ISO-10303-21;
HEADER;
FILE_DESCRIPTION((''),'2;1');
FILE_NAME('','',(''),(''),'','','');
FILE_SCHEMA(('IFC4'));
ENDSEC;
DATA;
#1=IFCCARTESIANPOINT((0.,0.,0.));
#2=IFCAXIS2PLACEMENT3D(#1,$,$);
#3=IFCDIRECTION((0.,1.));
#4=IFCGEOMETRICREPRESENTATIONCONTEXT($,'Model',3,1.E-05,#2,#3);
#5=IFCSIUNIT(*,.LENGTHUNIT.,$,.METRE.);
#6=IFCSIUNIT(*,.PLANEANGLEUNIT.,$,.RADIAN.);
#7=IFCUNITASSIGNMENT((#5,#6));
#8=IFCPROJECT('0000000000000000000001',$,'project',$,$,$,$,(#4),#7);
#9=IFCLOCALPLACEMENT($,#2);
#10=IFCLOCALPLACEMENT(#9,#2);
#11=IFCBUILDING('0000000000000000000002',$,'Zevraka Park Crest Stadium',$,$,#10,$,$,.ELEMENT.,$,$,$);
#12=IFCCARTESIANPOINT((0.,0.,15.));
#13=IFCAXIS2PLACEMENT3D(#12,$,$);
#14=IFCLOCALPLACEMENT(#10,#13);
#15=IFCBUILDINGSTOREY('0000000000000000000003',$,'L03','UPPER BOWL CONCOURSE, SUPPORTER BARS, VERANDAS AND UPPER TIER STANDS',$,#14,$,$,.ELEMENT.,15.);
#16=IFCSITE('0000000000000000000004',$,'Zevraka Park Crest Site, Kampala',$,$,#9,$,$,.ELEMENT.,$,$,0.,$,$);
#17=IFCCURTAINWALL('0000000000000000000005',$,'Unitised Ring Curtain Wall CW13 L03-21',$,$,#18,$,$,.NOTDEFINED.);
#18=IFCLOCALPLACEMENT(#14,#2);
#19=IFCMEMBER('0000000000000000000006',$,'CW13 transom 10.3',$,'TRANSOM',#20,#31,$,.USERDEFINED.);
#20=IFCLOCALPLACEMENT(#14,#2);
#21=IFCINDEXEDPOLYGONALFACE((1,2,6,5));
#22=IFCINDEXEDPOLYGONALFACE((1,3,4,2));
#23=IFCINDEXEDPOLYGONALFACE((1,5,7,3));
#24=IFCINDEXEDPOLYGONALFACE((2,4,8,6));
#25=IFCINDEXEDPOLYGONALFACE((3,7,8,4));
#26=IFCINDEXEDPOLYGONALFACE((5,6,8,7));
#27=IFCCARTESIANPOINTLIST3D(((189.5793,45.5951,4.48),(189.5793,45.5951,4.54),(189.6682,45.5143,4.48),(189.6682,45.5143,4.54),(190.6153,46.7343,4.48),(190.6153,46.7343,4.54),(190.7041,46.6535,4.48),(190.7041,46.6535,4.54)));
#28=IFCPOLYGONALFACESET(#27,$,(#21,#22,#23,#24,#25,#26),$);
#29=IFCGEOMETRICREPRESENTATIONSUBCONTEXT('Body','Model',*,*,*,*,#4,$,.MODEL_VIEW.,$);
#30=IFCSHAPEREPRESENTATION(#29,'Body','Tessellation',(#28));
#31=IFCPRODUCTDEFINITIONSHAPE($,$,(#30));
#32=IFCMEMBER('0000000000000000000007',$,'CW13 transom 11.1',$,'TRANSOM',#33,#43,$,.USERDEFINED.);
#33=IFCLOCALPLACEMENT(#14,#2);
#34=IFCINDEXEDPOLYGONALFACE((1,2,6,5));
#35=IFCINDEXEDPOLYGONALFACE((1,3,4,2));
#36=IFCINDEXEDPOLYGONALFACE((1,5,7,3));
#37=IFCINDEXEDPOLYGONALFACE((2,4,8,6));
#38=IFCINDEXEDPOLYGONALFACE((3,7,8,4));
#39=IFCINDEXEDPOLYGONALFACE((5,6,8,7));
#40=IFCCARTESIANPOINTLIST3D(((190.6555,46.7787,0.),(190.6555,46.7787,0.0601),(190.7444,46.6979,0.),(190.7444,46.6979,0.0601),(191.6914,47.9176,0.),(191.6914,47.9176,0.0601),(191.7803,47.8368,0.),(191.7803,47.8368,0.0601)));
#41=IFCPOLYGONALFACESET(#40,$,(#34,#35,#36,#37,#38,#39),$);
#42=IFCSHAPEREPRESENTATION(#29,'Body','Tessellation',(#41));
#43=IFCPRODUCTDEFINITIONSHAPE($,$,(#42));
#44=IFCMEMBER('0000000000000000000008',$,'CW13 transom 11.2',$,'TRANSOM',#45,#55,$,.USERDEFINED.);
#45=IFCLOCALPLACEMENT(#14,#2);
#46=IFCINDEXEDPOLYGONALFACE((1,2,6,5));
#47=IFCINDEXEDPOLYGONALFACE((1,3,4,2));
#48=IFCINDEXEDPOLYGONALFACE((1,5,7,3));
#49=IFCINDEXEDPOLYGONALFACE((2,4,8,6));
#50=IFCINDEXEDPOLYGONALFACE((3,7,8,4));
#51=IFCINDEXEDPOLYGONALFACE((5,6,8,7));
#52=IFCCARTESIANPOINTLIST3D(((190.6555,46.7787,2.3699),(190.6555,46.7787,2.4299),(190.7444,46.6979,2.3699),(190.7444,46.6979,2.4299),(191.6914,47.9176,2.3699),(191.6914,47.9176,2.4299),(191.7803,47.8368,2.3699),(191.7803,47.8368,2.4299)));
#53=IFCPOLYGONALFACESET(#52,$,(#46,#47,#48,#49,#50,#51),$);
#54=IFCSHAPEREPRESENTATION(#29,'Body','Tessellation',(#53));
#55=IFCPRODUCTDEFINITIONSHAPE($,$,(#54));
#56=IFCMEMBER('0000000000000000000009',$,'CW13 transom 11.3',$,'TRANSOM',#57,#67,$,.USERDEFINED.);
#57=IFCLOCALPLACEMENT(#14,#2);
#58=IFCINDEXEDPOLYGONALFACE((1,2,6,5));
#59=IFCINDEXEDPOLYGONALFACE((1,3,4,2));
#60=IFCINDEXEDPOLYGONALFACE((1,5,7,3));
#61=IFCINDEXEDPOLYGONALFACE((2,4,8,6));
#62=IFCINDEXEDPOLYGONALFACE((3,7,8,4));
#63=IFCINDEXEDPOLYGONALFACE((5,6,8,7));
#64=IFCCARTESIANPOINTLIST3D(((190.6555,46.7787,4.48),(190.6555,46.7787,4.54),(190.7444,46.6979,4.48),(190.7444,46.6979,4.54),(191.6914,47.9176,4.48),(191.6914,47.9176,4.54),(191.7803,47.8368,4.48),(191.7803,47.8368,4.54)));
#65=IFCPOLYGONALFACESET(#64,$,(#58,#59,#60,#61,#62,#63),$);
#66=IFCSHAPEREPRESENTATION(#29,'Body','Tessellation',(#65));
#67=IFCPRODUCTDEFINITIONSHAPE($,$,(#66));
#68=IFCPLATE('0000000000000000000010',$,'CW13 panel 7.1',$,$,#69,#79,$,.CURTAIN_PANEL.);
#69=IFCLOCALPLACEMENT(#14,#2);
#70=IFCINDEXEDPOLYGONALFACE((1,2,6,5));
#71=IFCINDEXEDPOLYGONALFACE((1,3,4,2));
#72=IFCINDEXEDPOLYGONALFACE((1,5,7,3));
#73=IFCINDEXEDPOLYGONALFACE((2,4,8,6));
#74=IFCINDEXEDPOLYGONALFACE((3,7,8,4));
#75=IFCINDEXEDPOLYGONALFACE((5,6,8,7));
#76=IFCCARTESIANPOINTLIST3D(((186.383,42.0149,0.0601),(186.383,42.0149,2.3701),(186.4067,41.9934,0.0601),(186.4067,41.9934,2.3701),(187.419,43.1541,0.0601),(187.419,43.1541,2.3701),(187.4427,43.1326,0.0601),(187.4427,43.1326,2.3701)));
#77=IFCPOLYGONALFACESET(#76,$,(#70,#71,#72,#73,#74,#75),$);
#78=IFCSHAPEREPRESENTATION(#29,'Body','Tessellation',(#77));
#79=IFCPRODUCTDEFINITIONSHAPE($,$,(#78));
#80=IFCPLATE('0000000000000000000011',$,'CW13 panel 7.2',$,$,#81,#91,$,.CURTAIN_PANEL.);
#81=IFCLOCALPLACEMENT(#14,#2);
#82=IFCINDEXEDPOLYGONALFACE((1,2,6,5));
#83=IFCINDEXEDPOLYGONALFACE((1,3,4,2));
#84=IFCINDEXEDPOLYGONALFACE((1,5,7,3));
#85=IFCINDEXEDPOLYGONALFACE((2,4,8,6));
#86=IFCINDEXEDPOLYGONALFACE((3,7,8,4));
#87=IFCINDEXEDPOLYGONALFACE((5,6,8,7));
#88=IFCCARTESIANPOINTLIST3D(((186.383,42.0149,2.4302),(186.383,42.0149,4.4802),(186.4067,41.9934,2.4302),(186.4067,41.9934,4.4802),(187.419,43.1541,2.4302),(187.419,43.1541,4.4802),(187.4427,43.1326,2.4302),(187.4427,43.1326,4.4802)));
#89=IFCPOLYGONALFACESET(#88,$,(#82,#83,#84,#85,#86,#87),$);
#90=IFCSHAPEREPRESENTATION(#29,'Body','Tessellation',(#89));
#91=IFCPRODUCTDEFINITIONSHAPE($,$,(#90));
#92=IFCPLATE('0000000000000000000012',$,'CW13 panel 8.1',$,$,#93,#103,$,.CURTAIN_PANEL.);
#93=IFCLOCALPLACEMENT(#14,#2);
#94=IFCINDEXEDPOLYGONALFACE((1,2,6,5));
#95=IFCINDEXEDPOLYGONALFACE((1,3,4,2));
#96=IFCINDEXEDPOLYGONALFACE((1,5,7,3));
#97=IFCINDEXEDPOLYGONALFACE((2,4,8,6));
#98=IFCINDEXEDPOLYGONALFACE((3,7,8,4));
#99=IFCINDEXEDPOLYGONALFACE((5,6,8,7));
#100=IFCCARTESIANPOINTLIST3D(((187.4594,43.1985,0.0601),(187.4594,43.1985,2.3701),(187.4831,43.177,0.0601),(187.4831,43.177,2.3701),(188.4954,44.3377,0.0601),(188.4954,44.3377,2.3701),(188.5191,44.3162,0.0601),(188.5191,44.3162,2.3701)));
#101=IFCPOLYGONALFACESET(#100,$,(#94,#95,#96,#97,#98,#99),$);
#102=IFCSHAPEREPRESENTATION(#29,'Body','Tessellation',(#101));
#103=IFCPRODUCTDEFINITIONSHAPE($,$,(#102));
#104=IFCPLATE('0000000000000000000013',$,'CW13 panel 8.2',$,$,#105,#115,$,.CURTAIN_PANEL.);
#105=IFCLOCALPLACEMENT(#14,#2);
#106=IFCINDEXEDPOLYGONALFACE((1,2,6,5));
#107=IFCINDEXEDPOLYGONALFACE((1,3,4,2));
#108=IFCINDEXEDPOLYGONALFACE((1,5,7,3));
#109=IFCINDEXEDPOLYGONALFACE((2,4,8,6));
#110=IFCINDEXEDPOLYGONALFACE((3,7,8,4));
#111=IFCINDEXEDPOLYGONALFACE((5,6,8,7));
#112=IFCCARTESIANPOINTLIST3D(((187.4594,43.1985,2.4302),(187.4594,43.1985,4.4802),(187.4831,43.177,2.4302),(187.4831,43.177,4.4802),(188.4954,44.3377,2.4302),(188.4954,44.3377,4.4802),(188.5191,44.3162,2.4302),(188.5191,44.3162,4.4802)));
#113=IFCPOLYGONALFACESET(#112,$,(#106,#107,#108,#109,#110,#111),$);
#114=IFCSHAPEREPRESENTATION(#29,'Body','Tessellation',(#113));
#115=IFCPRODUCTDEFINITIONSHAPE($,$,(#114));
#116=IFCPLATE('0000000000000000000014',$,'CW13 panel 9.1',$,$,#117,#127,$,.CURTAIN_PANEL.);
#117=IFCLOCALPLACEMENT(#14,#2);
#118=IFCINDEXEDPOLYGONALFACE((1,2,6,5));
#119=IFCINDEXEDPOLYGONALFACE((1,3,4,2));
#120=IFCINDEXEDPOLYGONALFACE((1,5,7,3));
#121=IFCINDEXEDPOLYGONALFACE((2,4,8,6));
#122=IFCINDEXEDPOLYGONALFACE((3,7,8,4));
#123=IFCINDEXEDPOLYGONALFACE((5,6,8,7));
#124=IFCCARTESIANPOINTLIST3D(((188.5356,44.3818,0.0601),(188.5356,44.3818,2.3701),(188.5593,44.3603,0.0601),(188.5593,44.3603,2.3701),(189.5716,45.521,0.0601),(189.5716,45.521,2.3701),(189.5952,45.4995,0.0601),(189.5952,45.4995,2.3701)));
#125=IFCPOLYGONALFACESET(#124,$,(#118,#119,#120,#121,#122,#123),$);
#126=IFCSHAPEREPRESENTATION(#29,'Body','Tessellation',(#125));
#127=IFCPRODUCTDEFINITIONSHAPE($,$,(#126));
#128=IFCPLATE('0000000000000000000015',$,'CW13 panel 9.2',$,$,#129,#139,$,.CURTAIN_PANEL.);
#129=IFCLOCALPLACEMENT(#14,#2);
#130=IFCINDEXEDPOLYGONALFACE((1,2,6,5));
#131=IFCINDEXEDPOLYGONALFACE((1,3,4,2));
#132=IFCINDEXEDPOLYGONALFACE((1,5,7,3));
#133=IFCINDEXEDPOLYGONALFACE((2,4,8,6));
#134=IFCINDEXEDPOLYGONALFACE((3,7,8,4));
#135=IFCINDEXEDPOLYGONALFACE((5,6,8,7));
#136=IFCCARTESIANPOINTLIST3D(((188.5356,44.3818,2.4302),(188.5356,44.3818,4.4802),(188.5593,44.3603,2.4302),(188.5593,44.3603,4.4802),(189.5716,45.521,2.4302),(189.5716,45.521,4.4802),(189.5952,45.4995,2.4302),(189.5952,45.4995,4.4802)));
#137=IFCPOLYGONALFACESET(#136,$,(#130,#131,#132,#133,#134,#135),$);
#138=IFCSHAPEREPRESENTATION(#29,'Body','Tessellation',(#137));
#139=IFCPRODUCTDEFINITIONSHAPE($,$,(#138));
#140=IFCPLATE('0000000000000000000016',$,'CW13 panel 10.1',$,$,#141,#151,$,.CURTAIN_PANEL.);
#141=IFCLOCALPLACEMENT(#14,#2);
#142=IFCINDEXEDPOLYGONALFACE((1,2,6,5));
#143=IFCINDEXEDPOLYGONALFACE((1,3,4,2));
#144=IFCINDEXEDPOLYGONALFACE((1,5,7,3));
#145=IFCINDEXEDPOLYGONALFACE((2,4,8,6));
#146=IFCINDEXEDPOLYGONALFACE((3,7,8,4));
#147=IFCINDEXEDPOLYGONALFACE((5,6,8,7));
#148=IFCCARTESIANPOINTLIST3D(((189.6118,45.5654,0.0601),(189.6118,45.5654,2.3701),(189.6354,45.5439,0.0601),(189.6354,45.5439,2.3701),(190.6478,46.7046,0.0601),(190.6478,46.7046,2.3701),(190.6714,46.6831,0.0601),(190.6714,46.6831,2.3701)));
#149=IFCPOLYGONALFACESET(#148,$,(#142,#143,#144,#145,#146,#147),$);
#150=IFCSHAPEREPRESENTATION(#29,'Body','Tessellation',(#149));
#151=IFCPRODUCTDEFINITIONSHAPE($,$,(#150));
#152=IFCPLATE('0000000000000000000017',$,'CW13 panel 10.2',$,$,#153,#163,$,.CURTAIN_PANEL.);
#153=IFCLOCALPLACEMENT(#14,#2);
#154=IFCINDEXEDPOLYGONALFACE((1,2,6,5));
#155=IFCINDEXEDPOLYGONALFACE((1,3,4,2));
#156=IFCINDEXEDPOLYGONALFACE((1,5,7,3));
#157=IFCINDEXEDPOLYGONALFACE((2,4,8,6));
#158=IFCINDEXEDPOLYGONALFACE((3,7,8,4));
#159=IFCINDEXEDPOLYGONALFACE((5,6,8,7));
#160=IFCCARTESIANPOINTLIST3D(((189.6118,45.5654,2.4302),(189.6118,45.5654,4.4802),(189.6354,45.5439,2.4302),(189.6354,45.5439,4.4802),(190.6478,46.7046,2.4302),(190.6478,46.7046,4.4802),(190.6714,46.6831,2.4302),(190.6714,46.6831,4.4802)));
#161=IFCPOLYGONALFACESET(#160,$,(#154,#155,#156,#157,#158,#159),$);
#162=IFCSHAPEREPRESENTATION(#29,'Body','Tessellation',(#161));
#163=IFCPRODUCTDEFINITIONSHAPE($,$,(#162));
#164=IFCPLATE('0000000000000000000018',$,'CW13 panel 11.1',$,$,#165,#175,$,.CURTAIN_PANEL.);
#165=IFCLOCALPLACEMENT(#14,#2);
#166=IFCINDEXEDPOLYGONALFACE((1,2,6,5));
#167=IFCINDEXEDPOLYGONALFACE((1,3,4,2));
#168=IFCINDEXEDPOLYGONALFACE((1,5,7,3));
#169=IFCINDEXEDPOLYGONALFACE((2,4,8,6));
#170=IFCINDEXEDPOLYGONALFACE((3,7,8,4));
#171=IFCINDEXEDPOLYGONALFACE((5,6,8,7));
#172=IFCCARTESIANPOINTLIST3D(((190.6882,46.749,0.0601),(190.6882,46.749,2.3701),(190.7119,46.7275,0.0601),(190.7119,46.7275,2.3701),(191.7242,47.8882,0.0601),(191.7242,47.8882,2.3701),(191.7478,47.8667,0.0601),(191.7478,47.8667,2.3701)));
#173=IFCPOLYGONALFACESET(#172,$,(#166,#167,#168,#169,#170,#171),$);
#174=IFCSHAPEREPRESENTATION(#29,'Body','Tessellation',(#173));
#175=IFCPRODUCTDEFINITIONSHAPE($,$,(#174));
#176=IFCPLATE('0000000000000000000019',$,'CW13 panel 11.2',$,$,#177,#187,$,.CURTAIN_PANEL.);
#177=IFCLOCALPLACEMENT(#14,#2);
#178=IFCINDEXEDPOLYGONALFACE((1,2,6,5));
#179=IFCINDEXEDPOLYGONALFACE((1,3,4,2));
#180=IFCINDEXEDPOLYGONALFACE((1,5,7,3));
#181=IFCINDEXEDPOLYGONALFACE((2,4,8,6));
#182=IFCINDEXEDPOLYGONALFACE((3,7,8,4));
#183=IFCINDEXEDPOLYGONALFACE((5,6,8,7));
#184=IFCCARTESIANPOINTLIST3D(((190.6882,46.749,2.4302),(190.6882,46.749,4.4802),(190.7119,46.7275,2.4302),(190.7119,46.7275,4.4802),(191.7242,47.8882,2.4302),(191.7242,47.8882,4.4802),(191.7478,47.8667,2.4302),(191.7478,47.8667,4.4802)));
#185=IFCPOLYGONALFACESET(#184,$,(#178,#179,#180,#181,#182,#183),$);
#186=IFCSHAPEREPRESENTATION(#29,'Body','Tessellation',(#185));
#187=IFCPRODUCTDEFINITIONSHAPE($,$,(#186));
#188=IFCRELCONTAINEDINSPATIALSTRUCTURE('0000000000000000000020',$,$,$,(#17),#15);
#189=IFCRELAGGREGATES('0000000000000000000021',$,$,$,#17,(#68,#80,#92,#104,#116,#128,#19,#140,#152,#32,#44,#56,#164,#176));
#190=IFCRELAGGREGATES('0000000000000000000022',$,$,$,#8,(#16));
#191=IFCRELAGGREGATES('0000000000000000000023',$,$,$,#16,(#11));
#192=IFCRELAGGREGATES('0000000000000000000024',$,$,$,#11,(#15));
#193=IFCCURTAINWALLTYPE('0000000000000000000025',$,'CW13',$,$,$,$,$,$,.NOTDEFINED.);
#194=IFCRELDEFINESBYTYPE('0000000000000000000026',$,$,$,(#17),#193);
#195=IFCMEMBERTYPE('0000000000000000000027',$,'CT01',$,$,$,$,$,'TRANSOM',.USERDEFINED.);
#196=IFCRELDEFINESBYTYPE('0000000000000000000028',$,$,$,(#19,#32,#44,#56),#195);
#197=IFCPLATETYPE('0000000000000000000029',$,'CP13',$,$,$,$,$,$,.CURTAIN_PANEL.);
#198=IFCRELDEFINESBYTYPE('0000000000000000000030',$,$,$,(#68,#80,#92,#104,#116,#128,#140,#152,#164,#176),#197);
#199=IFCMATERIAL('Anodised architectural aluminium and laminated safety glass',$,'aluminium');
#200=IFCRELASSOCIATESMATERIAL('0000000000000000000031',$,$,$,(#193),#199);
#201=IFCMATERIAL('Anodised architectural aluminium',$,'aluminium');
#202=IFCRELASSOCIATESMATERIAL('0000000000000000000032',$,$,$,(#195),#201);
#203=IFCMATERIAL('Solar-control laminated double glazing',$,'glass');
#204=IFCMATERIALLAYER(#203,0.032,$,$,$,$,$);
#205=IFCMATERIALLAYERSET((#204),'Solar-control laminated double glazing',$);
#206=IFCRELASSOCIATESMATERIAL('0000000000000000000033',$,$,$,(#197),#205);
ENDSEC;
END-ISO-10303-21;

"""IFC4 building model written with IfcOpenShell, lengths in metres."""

from ifc_helpers import new_model, si_unit, direction, frame, origin, origin_2d, place, context, subcontext, project, spatial, rectangle, extrude, material, layer, layer_set, material_profile, profile_set, type_object, element, aggregate, save


model = new_model("IFC4")

# Units and contexts
model_context = context("Model", 3, precision=1e-05, world=origin(), true_north=direction((0.0, 1.0)))
body_context = subcontext(model_context, "Body", "Model", "MODEL_VIEW")
ifc_project = project(units=[si_unit("LENGTHUNIT", "METRE"), si_unit("PLANEANGLEUNIT", "RADIAN")], contexts=[model_context])

# Site, building, storey
site_placement = place(None, origin())
site = spatial("IfcSite", under=ifc_project, at=site_placement, Name="Zevraka Park Crest Site, Kampala", CompositionType="ELEMENT", RefElevation=0.0)
building_placement = place(site_placement, origin())
building = spatial("IfcBuilding", under=site, at=building_placement, Name="Zevraka Park Crest Stadium", CompositionType="ELEMENT")
storey_placement = place(building_placement, frame((0.0, 0.0, 15.0)))
storey = spatial("IfcBuildingStorey", under=building, at=storey_placement, Name="L03", Description="UPPER BOWL CONCOURSE, SUPPORTER BARS, VERANDAS AND UPPER TIER STANDS", CompositionType="ELEMENT", Elevation=15.0)

# Curtain wall, members, plates
ifc_material_1 = material(Name="Anodised architectural aluminium and laminated safety glass", Category="aluminium")
curtain_wall_type = type_object("IfcCurtainWallType", Name="CW13", PredefinedType="NOTDEFINED", material=ifc_material_1)
curtain_wall_placement = place(storey_placement, origin())
curtain_wall = element("IfcCurtainWall", 1, at=curtain_wall_placement, inside=storey, type_object=curtain_wall_type, Name="Unitised Ring Curtain Wall CW13 L03-21", PredefinedType="NOTDEFINED")
ifc_material_2 = material(Name="Anodised architectural aluminium", Category="aluminium")
ifc_material_profile_1 = material_profile(ifc_material_2, rectangle(XDim=0.1201, YDim=0.0601, at=origin_2d()), Name="ALU TRANSOM 120x60")
ifc_profile_set_1 = profile_set([ifc_material_profile_1], Name="Anodised architectural aluminium")
member_type_1 = type_object("IfcMemberType", Name="CT01", ElementType="TRANSOM", PredefinedType="USERDEFINED", material=ifc_profile_set_1)
member_1_placement = place(storey_placement, frame((189.6238, 45.5547, 4.51), z_axis=(0.672775, 0.739847, 0.0), x_axis=(-0.739847, 0.672775, 0.0)))
member_1 = element("IfcMember", 2, at=member_1_placement, type_object=member_type_1, Name="CW13 transom 10.3", ObjectType="TRANSOM", PredefinedType="USERDEFINED", context=body_context, shape_type="SweptSolid", body=[
    extrude(rectangle(XDim=0.1201, YDim=0.0601, at=origin_2d()), origin(), (0.0, 0.0, 1.0), 1.5398),
])
member_2_placement = place(storey_placement, frame((190.7, 46.7383, 0.03), z_axis=(0.672854, 0.739775, 0.0), x_axis=(-0.739775, 0.672854, 0.0)))
member_2 = element("IfcMember", 3, at=member_2_placement, type_object=member_type_1, Name="CW13 transom 11.1", ObjectType="TRANSOM", PredefinedType="USERDEFINED", context=body_context, shape_type="SweptSolid", body=[
    extrude(rectangle(XDim=0.1201, YDim=0.0601, at=origin_2d()), origin(), (0.0, 0.0, 1.0), 1.5396),
])
member_3_placement = place(storey_placement, frame((190.7, 46.7383, 2.3999), z_axis=(0.672854, 0.739775, 0.0), x_axis=(-0.739775, 0.672854, 0.0)))
member_3 = element("IfcMember", 4, at=member_3_placement, type_object=member_type_1, Name="CW13 transom 11.2", ObjectType="TRANSOM", PredefinedType="USERDEFINED", context=body_context, shape_type="SweptSolid", body=[
    extrude(rectangle(XDim=0.1201, YDim=0.0601, at=origin_2d()), origin(), (0.0, 0.0, 1.0), 1.5396),
])
member_4_placement = place(storey_placement, frame((190.7, 46.7383, 4.51), z_axis=(0.672854, 0.739775, 0.0), x_axis=(-0.739775, 0.672854, 0.0)))
member_4 = element("IfcMember", 5, at=member_4_placement, type_object=member_type_1, Name="CW13 transom 11.3", ObjectType="TRANSOM", PredefinedType="USERDEFINED", context=body_context, shape_type="SweptSolid", body=[
    extrude(rectangle(XDim=0.1201, YDim=0.0601, at=origin_2d()), origin(), (0.0, 0.0, 1.0), 1.5396),
])
ifc_material_3 = material(Name="Solar-control laminated double glazing", Category="glass")
ifc_layer_1 = layer(ifc_material_3, 0.032)
ifc_layer_set_1 = layer_set([ifc_layer_1], Name="Solar-control laminated double glazing")
plate_type = type_object("IfcPlateType", Name="CP13", PredefinedType="CURTAIN_PANEL", material=ifc_layer_set_1)
plate_1_placement = place(storey_placement, frame((186.9128, 42.5737, 0.0601), z_axis=(0.0, 0.0, 1.0), x_axis=(0.672802, 0.739823, 0.0)))
plate_1 = element("IfcPlate", 6, at=plate_1_placement, type_object=plate_type, Name="CW13 panel 7.1", PredefinedType="CURTAIN_PANEL", context=body_context, shape_type="SweptSolid", body=[
    extrude(rectangle(XDim=1.5398, YDim=0.032, at=origin_2d()), origin(), (0.0, 0.0, 1.0), 2.3101),
])
plate_2_placement = place(storey_placement, frame((186.9128, 42.5737, 2.4302), z_axis=(0.0, 0.0, 1.0), x_axis=(0.672802, 0.739823, 0.0)))
plate_2 = element("IfcPlate", 7, at=plate_2_placement, type_object=plate_type, Name="CW13 panel 7.2", PredefinedType="CURTAIN_PANEL", context=body_context, shape_type="SweptSolid", body=[
    extrude(rectangle(XDim=1.5398, YDim=0.032, at=origin_2d()), origin(), (0.0, 0.0, 1.0), 2.05),
])
plate_3_placement = place(storey_placement, frame((187.9893, 43.7573, 0.0601), z_axis=(0.0, 0.0, 1.0), x_axis=(0.672802, 0.739823, 0.0)))
plate_3 = element("IfcPlate", 8, at=plate_3_placement, type_object=plate_type, Name="CW13 panel 8.1", PredefinedType="CURTAIN_PANEL", context=body_context, shape_type="SweptSolid", body=[
    extrude(rectangle(XDim=1.5398, YDim=0.032, at=origin_2d()), origin(), (0.0, 0.0, 1.0), 2.3101),
])
plate_4_placement = place(storey_placement, frame((187.9893, 43.7573, 2.4302), z_axis=(0.0, 0.0, 1.0), x_axis=(0.672802, 0.739823, 0.0)))
plate_4 = element("IfcPlate", 9, at=plate_4_placement, type_object=plate_type, Name="CW13 panel 8.2", PredefinedType="CURTAIN_PANEL", context=body_context, shape_type="SweptSolid", body=[
    extrude(rectangle(XDim=1.5398, YDim=0.032, at=origin_2d()), origin(), (0.0, 0.0, 1.0), 2.05),
])
plate_5_placement = place(storey_placement, frame((189.0654, 44.9407, 0.0601), z_axis=(0.0, 0.0, 1.0), x_axis=(0.672802, 0.739823, 0.0)))
plate_5 = element("IfcPlate", 10, at=plate_5_placement, type_object=plate_type, Name="CW13 panel 9.1", PredefinedType="CURTAIN_PANEL", context=body_context, shape_type="SweptSolid", body=[
    extrude(rectangle(XDim=1.5398, YDim=0.032, at=origin_2d()), origin(), (0.0, 0.0, 1.0), 2.3101),
])
plate_6_placement = place(storey_placement, frame((189.0654, 44.9407, 2.4302), z_axis=(0.0, 0.0, 1.0), x_axis=(0.672802, 0.739823, 0.0)))
plate_6 = element("IfcPlate", 11, at=plate_6_placement, type_object=plate_type, Name="CW13 panel 9.2", PredefinedType="CURTAIN_PANEL", context=body_context, shape_type="SweptSolid", body=[
    extrude(rectangle(XDim=1.5398, YDim=0.032, at=origin_2d()), origin(), (0.0, 0.0, 1.0), 2.05),
])
plate_7_placement = place(storey_placement, frame((190.1416, 46.1243, 0.0601), z_axis=(0.0, 0.0, 1.0), x_axis=(0.672802, 0.739823, 0.0)))
plate_7 = element("IfcPlate", 12, at=plate_7_placement, type_object=plate_type, Name="CW13 panel 10.1", PredefinedType="CURTAIN_PANEL", context=body_context, shape_type="SweptSolid", body=[
    extrude(rectangle(XDim=1.5398, YDim=0.032, at=origin_2d()), origin(), (0.0, 0.0, 1.0), 2.3101),
])
plate_8_placement = place(storey_placement, frame((190.1416, 46.1243, 2.4302), z_axis=(0.0, 0.0, 1.0), x_axis=(0.672802, 0.739823, 0.0)))
plate_8 = element("IfcPlate", 13, at=plate_8_placement, type_object=plate_type, Name="CW13 panel 10.2", PredefinedType="CURTAIN_PANEL", context=body_context, shape_type="SweptSolid", body=[
    extrude(rectangle(XDim=1.5398, YDim=0.032, at=origin_2d()), origin(), (0.0, 0.0, 1.0), 2.05),
])
plate_9_placement = place(storey_placement, frame((191.218, 47.3079, 0.0601), z_axis=(0.0, 0.0, 1.0), x_axis=(0.672802, 0.739823, 0.0)))
plate_9 = element("IfcPlate", 14, at=plate_9_placement, type_object=plate_type, Name="CW13 panel 11.1", PredefinedType="CURTAIN_PANEL", context=body_context, shape_type="SweptSolid", body=[
    extrude(rectangle(XDim=1.5398, YDim=0.032, at=origin_2d()), origin(), (0.0, 0.0, 1.0), 2.3101),
])
plate_10_placement = place(storey_placement, frame((191.218, 47.3079, 2.4302), z_axis=(0.0, 0.0, 1.0), x_axis=(0.672802, 0.739823, 0.0)))
plate_10 = element("IfcPlate", 15, at=plate_10_placement, type_object=plate_type, Name="CW13 panel 11.2", PredefinedType="CURTAIN_PANEL", context=body_context, shape_type="SweptSolid", body=[
    extrude(rectangle(XDim=1.5398, YDim=0.032, at=origin_2d()), origin(), (0.0, 0.0, 1.0), 2.05),
])
aggregate(curtain_wall, [plate_1, plate_2, plate_3, plate_4, plate_5, plate_6, member_1, plate_7, plate_8, member_2, member_3, member_4, plate_9, plate_10])

save(model, "model.ifc")
